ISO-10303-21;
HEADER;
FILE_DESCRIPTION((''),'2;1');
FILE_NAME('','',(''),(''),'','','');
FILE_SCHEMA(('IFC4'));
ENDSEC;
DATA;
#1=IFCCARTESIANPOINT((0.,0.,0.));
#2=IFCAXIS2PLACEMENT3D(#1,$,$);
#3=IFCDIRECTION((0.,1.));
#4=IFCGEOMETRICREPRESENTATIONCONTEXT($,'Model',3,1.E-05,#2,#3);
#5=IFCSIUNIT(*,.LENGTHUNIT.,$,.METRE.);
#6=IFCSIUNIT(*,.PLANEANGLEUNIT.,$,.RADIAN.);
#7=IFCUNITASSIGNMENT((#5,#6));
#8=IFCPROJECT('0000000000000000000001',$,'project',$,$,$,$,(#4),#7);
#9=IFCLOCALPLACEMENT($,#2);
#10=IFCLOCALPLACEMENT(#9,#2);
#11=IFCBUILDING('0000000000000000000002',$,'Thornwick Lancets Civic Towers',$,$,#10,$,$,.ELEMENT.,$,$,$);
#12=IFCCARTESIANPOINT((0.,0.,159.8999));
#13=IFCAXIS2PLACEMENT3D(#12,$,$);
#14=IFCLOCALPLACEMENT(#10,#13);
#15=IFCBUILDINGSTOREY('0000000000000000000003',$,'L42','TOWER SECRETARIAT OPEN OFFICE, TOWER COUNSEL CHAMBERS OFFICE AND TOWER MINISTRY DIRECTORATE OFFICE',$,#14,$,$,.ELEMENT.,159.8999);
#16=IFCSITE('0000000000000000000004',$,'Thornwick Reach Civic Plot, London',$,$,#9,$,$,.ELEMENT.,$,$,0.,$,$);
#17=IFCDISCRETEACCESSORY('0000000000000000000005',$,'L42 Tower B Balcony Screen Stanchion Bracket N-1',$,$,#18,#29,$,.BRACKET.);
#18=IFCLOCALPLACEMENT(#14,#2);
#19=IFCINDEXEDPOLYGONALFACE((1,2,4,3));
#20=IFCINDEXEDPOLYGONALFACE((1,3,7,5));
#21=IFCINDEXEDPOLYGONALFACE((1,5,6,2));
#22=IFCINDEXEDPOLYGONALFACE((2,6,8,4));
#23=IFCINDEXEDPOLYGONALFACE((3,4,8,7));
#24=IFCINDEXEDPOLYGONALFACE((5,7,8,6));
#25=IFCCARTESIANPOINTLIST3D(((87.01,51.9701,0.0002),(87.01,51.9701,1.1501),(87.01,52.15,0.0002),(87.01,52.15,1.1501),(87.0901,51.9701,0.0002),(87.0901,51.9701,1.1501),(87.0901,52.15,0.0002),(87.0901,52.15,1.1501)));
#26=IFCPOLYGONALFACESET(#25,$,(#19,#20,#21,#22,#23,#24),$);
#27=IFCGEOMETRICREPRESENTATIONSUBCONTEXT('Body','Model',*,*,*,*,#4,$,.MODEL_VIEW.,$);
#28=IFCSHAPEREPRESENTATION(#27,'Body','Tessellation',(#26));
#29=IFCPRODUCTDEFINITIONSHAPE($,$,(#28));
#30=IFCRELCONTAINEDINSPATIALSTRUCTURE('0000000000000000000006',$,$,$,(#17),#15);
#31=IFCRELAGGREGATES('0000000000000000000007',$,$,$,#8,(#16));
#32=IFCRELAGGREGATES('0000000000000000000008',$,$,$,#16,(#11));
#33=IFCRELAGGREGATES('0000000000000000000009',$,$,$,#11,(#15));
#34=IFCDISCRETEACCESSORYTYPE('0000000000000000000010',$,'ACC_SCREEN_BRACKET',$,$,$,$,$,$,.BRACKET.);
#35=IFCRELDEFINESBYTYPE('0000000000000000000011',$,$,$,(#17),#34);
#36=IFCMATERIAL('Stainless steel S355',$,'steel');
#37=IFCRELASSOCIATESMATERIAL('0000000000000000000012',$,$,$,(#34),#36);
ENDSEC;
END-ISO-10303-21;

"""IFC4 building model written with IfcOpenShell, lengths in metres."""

from ifc_helpers import new_model, si_unit, direction, frame, origin, origin_2d, place, context, subcontext, project, spatial, rectangle, extrude, material, type_object, element, save


model = new_model("IFC4")

# Units and contexts
model_context = context("Model", 3, precision=1e-05, world=origin(), true_north=direction((0.0, 1.0)))
body_context = subcontext(model_context, "Body", "Model", "MODEL_VIEW")
ifc_project = project(units=[si_unit("LENGTHUNIT", "METRE"), si_unit("PLANEANGLEUNIT", "RADIAN")], contexts=[model_context])

# Site, building, storey
site_placement = place(None, origin())
site = spatial("IfcSite", under=ifc_project, at=site_placement, Name="Thornwick Reach Civic Plot, London", CompositionType="ELEMENT", RefElevation=0.0)
building_placement = place(site_placement, origin())
building = spatial("IfcBuilding", under=site, at=building_placement, Name="Thornwick Lancets Civic Towers", CompositionType="ELEMENT")
storey_placement = place(building_placement, frame((0.0, 0.0, 159.8999)))
storey = spatial("IfcBuildingStorey", under=building, at=storey_placement, Name="L42", Description="TOWER SECRETARIAT OPEN OFFICE, TOWER COUNSEL CHAMBERS OFFICE AND TOWER MINISTRY DIRECTORATE OFFICE", CompositionType="ELEMENT", Elevation=159.8999)

# Discrete accessory
ifc_material_1 = material(Name="Stainless steel S355", Category="steel")
discrete_accessory_type = type_object("IfcDiscreteAccessoryType", Name="ACC_SCREEN_BRACKET", PredefinedType="BRACKET", material=ifc_material_1)
discrete_accessory_placement = place(storey_placement, frame((87.05, 52.0601, 0.0002), z_axis=(0.0, 0.0, 1.0), x_axis=(1.0, 0.0, 0.0)))
element("IfcDiscreteAccessory", 1, at=discrete_accessory_placement, inside=storey, type_object=discrete_accessory_type, Name="L42 Tower B Balcony Screen Stanchion Bracket N-1", PredefinedType="BRACKET", context=body_context, shape_type="SweptSolid", body=[
    extrude(rectangle(XDim=0.0801, YDim=0.1799, at=origin_2d()), origin(), (0.0, 0.0, 1.0), 1.1499),
])

save(model, "model.ifc")
